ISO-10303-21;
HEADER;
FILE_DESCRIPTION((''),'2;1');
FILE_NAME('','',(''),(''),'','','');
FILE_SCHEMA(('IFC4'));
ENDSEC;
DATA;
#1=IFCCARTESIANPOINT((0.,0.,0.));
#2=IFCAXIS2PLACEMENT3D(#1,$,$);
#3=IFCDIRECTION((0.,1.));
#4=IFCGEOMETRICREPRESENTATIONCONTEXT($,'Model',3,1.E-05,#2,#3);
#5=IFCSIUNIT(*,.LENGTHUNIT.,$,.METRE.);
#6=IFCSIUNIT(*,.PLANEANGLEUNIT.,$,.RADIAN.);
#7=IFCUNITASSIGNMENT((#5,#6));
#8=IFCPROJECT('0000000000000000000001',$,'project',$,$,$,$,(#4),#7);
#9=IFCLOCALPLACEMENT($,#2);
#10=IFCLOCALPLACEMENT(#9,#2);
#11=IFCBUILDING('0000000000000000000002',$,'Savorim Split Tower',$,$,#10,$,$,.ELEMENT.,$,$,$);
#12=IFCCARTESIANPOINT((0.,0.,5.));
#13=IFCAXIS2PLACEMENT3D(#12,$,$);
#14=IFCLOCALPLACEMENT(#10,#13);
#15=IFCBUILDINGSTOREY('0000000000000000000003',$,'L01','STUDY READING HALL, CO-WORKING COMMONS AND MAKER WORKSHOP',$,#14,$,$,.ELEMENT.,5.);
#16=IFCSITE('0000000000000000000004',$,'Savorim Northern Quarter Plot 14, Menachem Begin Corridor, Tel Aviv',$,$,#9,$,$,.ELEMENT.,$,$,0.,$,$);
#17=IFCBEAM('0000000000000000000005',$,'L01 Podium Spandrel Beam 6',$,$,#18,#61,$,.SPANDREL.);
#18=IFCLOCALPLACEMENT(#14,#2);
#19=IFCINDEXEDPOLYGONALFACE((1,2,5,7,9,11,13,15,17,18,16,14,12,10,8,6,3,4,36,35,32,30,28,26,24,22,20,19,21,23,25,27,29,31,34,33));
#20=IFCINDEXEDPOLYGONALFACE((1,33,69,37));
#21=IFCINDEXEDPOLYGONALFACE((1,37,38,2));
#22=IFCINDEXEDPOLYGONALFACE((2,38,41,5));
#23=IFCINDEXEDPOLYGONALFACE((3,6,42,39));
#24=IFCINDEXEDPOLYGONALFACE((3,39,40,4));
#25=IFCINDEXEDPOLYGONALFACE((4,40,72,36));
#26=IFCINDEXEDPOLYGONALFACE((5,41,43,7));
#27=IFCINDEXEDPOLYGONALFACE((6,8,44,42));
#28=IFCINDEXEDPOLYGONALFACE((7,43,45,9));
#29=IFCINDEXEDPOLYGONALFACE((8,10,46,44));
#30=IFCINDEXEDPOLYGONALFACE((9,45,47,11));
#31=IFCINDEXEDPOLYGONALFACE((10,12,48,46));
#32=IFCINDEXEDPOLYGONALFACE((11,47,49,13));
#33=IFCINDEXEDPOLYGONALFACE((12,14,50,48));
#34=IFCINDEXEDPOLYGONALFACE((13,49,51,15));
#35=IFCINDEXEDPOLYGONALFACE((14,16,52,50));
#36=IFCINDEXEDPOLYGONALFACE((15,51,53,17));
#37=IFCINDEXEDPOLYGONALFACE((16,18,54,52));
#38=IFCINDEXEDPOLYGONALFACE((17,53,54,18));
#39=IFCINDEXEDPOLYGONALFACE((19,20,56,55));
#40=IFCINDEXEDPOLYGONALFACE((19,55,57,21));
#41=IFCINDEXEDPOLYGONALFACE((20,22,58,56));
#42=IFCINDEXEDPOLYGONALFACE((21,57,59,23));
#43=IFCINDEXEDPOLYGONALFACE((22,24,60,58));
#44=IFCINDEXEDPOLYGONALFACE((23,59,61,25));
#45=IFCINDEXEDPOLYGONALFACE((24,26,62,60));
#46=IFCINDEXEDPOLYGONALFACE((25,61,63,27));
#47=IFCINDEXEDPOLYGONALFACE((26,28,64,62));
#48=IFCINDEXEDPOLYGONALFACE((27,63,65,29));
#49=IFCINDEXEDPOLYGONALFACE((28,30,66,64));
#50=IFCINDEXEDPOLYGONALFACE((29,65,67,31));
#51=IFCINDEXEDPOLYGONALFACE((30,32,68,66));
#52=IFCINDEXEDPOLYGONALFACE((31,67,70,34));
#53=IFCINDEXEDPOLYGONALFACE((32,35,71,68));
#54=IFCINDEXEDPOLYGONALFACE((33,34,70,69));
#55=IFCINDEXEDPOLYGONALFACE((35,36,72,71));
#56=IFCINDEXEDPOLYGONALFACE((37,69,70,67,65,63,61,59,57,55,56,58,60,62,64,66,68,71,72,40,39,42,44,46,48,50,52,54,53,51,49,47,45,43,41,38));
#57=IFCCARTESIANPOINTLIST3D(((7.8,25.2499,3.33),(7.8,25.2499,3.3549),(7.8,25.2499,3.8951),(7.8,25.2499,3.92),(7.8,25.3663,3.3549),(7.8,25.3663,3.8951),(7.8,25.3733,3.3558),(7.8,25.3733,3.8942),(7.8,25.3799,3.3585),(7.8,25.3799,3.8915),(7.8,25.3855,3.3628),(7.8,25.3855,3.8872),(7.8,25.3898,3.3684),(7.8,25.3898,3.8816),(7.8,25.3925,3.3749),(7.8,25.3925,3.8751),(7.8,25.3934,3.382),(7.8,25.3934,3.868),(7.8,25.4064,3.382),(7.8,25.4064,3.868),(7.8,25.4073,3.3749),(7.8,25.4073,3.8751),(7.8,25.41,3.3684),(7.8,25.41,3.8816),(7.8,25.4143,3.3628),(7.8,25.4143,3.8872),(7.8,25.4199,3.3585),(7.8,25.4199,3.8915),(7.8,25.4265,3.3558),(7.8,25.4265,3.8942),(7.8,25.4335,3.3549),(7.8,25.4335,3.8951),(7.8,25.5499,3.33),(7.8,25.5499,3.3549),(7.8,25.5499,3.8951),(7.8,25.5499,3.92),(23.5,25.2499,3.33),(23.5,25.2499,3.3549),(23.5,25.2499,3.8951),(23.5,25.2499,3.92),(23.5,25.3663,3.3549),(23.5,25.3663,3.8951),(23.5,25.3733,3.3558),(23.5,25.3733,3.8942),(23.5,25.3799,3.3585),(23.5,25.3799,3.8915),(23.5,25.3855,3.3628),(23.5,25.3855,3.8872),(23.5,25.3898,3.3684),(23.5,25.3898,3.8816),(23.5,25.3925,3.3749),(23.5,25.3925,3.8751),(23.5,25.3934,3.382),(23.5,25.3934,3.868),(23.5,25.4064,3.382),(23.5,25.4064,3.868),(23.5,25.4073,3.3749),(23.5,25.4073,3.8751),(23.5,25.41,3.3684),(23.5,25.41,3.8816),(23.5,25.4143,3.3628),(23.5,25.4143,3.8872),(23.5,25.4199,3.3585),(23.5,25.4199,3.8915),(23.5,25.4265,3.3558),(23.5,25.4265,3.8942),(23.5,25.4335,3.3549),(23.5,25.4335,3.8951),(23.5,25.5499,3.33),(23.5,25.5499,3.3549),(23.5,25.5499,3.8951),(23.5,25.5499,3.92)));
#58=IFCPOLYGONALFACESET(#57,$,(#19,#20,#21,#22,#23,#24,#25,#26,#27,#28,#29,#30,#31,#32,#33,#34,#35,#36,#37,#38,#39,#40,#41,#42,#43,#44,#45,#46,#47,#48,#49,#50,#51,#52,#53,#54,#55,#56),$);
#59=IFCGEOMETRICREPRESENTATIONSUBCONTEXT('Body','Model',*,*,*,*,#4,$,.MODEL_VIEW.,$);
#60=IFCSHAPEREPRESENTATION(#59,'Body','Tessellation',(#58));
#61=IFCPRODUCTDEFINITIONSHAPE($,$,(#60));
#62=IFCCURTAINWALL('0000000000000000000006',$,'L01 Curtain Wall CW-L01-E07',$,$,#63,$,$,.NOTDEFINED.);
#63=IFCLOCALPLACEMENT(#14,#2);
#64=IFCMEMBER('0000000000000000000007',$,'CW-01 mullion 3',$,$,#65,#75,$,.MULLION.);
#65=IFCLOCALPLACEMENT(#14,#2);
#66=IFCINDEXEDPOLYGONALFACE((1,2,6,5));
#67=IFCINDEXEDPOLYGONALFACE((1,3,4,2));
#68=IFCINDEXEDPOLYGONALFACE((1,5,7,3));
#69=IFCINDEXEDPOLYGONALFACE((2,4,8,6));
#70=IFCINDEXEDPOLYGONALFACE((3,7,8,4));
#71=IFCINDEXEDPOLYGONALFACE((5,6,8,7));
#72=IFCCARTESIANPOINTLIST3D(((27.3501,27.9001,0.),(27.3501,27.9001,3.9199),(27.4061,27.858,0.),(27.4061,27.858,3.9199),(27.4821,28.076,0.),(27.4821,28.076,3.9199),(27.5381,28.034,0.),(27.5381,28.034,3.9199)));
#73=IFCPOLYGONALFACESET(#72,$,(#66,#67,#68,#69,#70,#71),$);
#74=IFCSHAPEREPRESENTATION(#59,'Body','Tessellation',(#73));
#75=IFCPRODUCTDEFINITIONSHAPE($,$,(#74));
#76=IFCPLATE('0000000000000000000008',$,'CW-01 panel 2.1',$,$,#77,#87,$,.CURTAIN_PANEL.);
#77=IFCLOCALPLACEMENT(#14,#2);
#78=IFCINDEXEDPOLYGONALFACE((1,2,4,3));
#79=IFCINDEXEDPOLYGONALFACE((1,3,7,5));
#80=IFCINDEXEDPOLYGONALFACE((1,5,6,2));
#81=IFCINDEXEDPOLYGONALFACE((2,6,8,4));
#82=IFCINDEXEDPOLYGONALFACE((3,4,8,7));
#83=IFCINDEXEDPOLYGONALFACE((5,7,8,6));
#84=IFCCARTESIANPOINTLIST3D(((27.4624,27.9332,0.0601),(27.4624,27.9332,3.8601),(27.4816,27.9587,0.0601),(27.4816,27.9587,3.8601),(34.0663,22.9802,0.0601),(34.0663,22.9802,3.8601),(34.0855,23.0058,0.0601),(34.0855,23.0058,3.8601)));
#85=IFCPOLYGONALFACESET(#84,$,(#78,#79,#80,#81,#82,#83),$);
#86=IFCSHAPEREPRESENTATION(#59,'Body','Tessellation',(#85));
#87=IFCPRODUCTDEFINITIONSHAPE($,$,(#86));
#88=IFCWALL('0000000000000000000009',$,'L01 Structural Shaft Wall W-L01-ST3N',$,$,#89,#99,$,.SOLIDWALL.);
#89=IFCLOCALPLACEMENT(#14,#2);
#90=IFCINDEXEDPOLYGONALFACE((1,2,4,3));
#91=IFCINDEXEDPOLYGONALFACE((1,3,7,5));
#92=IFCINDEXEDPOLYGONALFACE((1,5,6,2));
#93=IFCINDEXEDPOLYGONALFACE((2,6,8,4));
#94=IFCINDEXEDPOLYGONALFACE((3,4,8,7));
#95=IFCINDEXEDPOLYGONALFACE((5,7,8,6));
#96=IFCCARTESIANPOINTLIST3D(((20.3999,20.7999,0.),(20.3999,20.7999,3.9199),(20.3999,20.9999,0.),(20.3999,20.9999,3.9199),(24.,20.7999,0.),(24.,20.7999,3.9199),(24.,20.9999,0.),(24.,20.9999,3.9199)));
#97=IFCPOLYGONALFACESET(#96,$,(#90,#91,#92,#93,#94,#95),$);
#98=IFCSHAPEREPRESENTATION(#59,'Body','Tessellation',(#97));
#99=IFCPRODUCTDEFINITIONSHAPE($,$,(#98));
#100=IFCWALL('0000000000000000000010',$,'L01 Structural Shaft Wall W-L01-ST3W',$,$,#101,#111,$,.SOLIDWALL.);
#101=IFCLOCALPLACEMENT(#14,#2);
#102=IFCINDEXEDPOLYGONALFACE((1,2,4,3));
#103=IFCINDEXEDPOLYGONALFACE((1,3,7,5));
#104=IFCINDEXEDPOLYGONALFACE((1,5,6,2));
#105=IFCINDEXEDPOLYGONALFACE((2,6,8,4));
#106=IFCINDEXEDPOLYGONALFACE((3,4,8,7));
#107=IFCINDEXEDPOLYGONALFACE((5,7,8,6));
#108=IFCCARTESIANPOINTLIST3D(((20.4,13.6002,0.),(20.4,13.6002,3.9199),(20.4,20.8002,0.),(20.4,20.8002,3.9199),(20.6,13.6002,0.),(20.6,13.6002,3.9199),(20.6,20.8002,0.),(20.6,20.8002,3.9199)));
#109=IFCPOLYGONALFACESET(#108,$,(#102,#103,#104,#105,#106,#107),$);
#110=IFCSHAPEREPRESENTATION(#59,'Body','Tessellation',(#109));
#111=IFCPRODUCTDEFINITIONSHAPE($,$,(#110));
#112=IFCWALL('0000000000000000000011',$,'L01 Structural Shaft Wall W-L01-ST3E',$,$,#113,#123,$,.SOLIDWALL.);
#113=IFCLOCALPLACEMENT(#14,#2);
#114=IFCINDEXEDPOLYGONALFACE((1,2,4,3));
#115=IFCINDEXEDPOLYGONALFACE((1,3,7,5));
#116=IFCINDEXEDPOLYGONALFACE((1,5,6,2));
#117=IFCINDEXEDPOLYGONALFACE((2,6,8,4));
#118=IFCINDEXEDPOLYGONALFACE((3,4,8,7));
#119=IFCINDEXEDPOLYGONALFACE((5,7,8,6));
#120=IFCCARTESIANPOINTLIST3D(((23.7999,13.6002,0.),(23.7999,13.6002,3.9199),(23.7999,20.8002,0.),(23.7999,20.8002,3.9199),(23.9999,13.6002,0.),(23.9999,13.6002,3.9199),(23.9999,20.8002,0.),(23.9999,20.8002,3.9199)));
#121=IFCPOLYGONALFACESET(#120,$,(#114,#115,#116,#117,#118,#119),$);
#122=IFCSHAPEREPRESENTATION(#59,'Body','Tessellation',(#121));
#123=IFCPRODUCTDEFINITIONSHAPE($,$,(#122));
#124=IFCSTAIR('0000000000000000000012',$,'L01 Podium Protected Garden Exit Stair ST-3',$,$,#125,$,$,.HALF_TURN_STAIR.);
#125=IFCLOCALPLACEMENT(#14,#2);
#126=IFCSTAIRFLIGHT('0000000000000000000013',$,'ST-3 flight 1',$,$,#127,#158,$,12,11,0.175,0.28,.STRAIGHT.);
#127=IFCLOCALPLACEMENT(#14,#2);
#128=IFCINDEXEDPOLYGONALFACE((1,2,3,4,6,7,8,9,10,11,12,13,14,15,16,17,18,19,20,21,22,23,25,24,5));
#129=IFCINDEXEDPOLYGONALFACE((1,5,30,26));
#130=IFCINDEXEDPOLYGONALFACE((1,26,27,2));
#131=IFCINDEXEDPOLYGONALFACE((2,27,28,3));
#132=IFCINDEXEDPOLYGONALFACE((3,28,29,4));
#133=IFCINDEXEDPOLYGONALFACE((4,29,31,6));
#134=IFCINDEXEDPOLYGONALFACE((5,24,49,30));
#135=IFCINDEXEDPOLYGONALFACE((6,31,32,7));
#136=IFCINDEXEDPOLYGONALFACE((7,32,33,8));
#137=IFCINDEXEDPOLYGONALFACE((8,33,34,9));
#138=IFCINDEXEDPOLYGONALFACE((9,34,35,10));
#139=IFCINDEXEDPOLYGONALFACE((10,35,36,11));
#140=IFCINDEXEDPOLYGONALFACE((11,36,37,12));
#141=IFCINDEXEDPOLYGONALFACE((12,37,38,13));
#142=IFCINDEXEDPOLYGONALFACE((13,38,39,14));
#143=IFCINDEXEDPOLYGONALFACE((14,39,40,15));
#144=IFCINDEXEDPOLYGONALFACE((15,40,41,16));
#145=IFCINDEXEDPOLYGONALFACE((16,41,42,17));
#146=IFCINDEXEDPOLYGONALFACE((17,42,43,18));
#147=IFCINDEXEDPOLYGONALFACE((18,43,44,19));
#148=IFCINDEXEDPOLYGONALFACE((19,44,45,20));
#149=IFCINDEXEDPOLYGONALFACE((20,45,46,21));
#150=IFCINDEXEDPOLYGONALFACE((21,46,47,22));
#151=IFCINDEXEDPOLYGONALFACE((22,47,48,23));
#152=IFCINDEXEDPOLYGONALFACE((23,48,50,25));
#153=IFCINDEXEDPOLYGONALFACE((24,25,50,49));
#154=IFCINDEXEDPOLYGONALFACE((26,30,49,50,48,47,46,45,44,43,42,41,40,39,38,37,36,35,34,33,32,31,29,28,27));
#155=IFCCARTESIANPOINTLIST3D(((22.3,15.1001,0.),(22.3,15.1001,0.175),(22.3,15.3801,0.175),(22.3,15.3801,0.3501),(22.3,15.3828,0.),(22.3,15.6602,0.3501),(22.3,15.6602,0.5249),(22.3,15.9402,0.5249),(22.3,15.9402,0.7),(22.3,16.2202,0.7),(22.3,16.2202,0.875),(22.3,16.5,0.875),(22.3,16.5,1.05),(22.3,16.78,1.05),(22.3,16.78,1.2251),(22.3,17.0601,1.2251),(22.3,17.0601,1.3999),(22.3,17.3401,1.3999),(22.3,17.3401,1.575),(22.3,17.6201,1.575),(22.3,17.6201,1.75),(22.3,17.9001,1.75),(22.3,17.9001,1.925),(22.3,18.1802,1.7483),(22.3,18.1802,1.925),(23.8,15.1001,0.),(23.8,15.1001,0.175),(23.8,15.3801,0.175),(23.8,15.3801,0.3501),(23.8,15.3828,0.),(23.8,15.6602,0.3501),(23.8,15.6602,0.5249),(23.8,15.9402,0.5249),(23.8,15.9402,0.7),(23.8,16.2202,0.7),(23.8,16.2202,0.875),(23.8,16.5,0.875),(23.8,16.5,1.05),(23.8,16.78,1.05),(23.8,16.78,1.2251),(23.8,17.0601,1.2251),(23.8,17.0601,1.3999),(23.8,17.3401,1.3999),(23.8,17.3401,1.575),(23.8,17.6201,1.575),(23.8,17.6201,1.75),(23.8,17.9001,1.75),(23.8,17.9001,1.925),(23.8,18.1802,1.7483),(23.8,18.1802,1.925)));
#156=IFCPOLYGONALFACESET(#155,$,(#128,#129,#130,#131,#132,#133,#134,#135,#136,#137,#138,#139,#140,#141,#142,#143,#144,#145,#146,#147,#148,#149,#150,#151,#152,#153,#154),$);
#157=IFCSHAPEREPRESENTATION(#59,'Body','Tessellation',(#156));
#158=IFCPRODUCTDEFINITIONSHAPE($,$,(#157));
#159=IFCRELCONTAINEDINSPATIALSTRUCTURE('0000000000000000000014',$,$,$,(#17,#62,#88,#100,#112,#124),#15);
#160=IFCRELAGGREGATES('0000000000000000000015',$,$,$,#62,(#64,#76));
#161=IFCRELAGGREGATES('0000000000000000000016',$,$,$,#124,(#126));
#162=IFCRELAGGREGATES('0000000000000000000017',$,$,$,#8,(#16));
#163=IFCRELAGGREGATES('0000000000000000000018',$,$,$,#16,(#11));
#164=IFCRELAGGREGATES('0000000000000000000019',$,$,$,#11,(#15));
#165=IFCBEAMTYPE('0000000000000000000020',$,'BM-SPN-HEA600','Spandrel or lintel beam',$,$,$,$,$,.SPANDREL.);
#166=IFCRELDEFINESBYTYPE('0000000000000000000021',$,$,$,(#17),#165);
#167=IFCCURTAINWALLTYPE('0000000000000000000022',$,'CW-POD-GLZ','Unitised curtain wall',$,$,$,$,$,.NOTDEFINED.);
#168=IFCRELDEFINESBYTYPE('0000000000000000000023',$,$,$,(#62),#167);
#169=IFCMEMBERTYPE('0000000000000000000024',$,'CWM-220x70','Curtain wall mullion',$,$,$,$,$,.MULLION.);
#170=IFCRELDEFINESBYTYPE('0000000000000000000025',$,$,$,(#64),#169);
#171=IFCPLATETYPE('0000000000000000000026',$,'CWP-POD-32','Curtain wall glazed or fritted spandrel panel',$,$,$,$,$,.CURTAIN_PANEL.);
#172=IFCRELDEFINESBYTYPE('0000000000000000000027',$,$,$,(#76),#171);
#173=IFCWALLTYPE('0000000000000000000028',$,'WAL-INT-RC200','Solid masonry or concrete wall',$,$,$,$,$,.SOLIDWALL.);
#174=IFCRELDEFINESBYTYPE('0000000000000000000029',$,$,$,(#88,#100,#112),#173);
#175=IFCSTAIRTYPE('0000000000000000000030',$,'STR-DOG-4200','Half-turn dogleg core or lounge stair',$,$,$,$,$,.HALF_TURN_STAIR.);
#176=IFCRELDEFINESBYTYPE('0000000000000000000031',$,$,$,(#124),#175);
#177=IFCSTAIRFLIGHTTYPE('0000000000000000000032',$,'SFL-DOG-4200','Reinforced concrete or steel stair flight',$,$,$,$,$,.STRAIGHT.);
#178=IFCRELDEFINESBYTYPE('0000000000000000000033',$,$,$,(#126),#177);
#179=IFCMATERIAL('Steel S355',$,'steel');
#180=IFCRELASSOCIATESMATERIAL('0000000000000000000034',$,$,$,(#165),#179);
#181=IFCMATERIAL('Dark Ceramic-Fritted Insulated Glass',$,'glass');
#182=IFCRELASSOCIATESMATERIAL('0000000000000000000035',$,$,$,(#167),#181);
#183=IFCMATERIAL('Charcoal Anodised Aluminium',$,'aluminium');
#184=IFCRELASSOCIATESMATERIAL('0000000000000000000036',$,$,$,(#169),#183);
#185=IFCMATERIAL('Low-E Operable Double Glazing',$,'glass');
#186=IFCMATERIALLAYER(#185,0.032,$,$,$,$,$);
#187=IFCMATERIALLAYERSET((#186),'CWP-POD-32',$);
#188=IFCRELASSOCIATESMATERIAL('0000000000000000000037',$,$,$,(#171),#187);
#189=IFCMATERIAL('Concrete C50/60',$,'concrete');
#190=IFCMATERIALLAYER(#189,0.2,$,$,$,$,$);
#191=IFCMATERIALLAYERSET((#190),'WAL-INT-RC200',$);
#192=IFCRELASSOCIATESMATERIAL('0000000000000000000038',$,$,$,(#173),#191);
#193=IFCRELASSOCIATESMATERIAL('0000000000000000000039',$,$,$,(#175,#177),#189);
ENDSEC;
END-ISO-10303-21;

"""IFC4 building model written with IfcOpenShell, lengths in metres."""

from ifc_helpers import new_model, si_unit, direction, frame, frame_2d, origin, origin_2d, place, context, subcontext, project, spatial, polyline, rectangle, i_section, outline, extrude, material, layer, layer_set, material_profile, profile_set, type_object, element, aggregate, save


model = new_model("IFC4")

# Units and contexts
model_context = context("Model", 3, precision=1e-05, world=origin(), true_north=direction((0.0, 1.0)))
body_context = subcontext(model_context, "Body", "Model", "MODEL_VIEW")
ifc_project = project(units=[si_unit("LENGTHUNIT", "METRE"), si_unit("PLANEANGLEUNIT", "RADIAN")], contexts=[model_context])

# Site, building, storey
site_placement = place(None, origin())
site = spatial("IfcSite", under=ifc_project, at=site_placement, Name="Savorim Northern Quarter Plot 14, Menachem Begin Corridor, Tel Aviv", CompositionType="ELEMENT", RefElevation=0.0)
building_placement = place(site_placement, origin())
building = spatial("IfcBuilding", under=site, at=building_placement, Name="Savorim Split Tower", CompositionType="ELEMENT")
storey_placement = place(building_placement, frame((0.0, 0.0, 5.0)))
storey = spatial("IfcBuildingStorey", under=building, at=storey_placement, Name="L01", Description="STUDY READING HALL, CO-WORKING COMMONS AND MAKER WORKSHOP", CompositionType="ELEMENT", Elevation=5.0)

# Beam
ifc_material_1 = material(Name="Steel S355", Category="steel")
ifc_material_profile_1 = material_profile(ifc_material_1, i_section(OverallWidth=0.3, OverallDepth=0.5901, WebThickness=0.0129, FlangeThickness=0.0249, FilletRadius=0.0271, at=origin_2d()), Name="HEA 600")
ifc_profile_set_1 = profile_set([ifc_material_profile_1], Name="Steel S355")
beam_type_1 = type_object("IfcBeamType", Name="BM-SPN-HEA600", Description="Spandrel or lintel beam", PredefinedType="SPANDREL", material=ifc_profile_set_1)
beam_1_placement = place(storey_placement, frame((23.5, 25.3999, 3.625), z_axis=(-1.0, 0.0, 0.0), x_axis=(0.0, -1.0, 0.0)))
element("IfcBeam", 1, at=beam_1_placement, inside=storey, type_object=beam_type_1, Name="L01 Podium Spandrel Beam 6", PredefinedType="SPANDREL", context=body_context, shape_type="SweptSolid", body=[
    extrude(i_section(OverallWidth=0.3, OverallDepth=0.5901, WebThickness=0.0129, FlangeThickness=0.0249, FilletRadius=0.0271, at=origin_2d()), origin(), (0.0, 0.0, 1.0), 15.7),
])

# Curtain wall, member, plate
ifc_material_2 = material(Name="Dark Ceramic-Fritted Insulated Glass", Category="glass")
curtain_wall_type = type_object("IfcCurtainWallType", Name="CW-POD-GLZ", Description="Unitised curtain wall", PredefinedType="NOTDEFINED", material=ifc_material_2)
curtain_wall_placement = place(storey_placement, origin())
curtain_wall = element("IfcCurtainWall", 2, at=curtain_wall_placement, inside=storey, type_object=curtain_wall_type, Name="L01 Curtain Wall CW-L01-E07", PredefinedType="NOTDEFINED")
ifc_material_3 = material(Name="Charcoal Anodised Aluminium", Category="aluminium")
ifc_material_profile_2 = material_profile(ifc_material_3, rectangle(XDim=0.22, YDim=0.0701, at=origin_2d()), Name="ALU-M 220x70")
ifc_profile_set_2 = profile_set([ifc_material_profile_2], Name="Charcoal Anodised Aluminium")
member_type = type_object("IfcMemberType", Name="CWM-220x70", Description="Curtain wall mullion", PredefinedType="MULLION", material=ifc_profile_set_2)
member_placement = place(storey_placement, frame((27.4441, 27.967, 0.0), z_axis=(0.0, 0.0, 1.0), x_axis=(-0.6, -0.8, 0.0)))
member = element("IfcMember", 3, at=member_placement, type_object=member_type, Name="CW-01 mullion 3", PredefinedType="MULLION", context=body_context, shape_type="SweptSolid", body=[
    extrude(rectangle(XDim=0.22, YDim=0.0701, at=origin_2d()), origin(), (0.0, 0.0, 1.0), 3.9199),
])
ifc_material_4 = material(Name="Low-E Operable Double Glazing", Category="glass")
ifc_layer_1 = layer(ifc_material_4, 0.032)
ifc_layer_set_1 = layer_set([ifc_layer_1], Name="CWP-POD-32")
plate_type = type_object("IfcPlateType", Name="CWP-POD-32", Description="Curtain wall glazed or fritted spandrel panel", PredefinedType="CURTAIN_PANEL", material=ifc_layer_set_1)
plate_placement = place(storey_placement, frame((30.7739, 25.4695, 0.0601), z_axis=(0.0, 0.0, 1.0), x_axis=(-0.8, 0.6, 0.0)))
plate = element("IfcPlate", 4, at=plate_placement, type_object=plate_type, Name="CW-01 panel 2.1", PredefinedType="CURTAIN_PANEL", context=body_context, shape_type="SweptSolid", body=[
    extrude(rectangle(XDim=8.2549, YDim=0.032, at=origin_2d()), origin(), (0.0, 0.0, 1.0), 3.8),
])
aggregate(curtain_wall, [member, plate])

# Shared definitions
ifc_material_5 = material(Name="Concrete C50/60", Category="concrete")
ifc_layer_2 = layer(ifc_material_5, 0.2)
ifc_layer_set_2 = layer_set([ifc_layer_2], Name="WAL-INT-RC200")
wall_type = type_object("IfcWallType", Name="WAL-INT-RC200", Description="Solid masonry or concrete wall", PredefinedType="SOLIDWALL", material=ifc_layer_set_2)

# Walls
wall_1_placement = place(storey_placement, frame((20.3999, 20.8999, 0.0), z_axis=(0.0, 0.0, 1.0), x_axis=(1.0, 0.0, 0.0)))
element("IfcWall", 5, at=wall_1_placement, inside=storey, type_object=wall_type, Name="L01 Structural Shaft Wall W-L01-ST3N", PredefinedType="SOLIDWALL", context=body_context, shape_type="SweptSolid", body=[
    extrude(rectangle(XDim=3.6001, YDim=0.2, at=frame_2d((1.8, 0.0))), origin(), (0.0, 0.0, 1.0), 3.9199),
])
for number, where, z_axis, x_axis, name in (
    (6, (20.5, 13.6001, 0.0), (0.0, 0.0, 1.0), (0.0, 1.0, 0.0), "L01 Structural Shaft Wall W-L01-ST3W"),
    (7, (23.8999, 13.6001, 0.0), (0.0, 0.0, 1.0), (0.0, 1.0, 0.0), "L01 Structural Shaft Wall W-L01-ST3E"),
):
    element("IfcWall", number, at=place(storey_placement, frame(where, z_axis=z_axis, x_axis=x_axis)), inside=storey, type_object=wall_type, Name=name, PredefinedType="SOLIDWALL", context=body_context, shape_type="SweptSolid", body=[
        extrude(rectangle(XDim=7.2, YDim=0.2, at=frame_2d((3.6001, 0.0))), origin(), (0.0, 0.0, 1.0), 3.9199),
    ])

# Stair, stair flight
stair_type = type_object("IfcStairType", Name="STR-DOG-4200", Description="Half-turn dogleg core or lounge stair", PredefinedType="HALF_TURN_STAIR", material=ifc_material_5)
stair_placement = place(storey_placement, origin())
stair = element("IfcStair", 8, at=stair_placement, inside=storey, type_object=stair_type, Name="L01 Podium Protected Garden Exit Stair ST-3", PredefinedType="HALF_TURN_STAIR")
stair_flight_type = type_object("IfcStairFlightType", Name="SFL-DOG-4200", Description="Reinforced concrete or steel stair flight", PredefinedType="STRAIGHT", material=ifc_material_5)
stair_flight_1_placement = place(storey_placement, frame((23.05, 15.1001, 0.0), z_axis=(0.0, 0.0, 1.0), x_axis=(0.0, 1.0, 0.0)))
stair_flight_1 = element("IfcStairFlight", 9, at=stair_flight_1_placement, type_object=stair_flight_type, Name="ST-3 flight 1", NumberOfRisers=12, NumberOfTreads=11, PredefinedType="STRAIGHT", RiserHeight=0.175, TreadLength=0.28, context=body_context, shape_type="SweptSolid", body=[
    extrude(outline(polyline([(0.0, 0.0), (0.0, 0.175), (0.28, 0.175), (0.28, 0.3501), (0.5601, 0.3501), (0.5601, 0.5249), (0.8401, 0.5249), (0.8401, 0.7), (1.1201, 0.7), (1.1201, 0.875), (1.3999, 0.875), (1.3999, 1.05), (1.6799, 1.05), (1.6799, 1.2251), (1.96, 1.2251), (1.96, 1.3999), (2.24, 1.3999), (2.24, 1.575), (2.52, 1.575), (2.52, 1.75), (2.8, 1.75), (2.8, 1.925), (3.0801, 1.925), (3.0801, 2.1001), (3.0801, 1.7483), (0.2827, 0.0), (0.0, 0.0)])), frame((0.0, 0.75, 0.0), z_axis=(0.0, -1.0, 0.0), x_axis=(1.0, 0.0, 0.0)), (0.0, 0.0, 1.0), 1.5),
])
aggregate(stair, [stair_flight_1])

save(model, "model.ifc")
